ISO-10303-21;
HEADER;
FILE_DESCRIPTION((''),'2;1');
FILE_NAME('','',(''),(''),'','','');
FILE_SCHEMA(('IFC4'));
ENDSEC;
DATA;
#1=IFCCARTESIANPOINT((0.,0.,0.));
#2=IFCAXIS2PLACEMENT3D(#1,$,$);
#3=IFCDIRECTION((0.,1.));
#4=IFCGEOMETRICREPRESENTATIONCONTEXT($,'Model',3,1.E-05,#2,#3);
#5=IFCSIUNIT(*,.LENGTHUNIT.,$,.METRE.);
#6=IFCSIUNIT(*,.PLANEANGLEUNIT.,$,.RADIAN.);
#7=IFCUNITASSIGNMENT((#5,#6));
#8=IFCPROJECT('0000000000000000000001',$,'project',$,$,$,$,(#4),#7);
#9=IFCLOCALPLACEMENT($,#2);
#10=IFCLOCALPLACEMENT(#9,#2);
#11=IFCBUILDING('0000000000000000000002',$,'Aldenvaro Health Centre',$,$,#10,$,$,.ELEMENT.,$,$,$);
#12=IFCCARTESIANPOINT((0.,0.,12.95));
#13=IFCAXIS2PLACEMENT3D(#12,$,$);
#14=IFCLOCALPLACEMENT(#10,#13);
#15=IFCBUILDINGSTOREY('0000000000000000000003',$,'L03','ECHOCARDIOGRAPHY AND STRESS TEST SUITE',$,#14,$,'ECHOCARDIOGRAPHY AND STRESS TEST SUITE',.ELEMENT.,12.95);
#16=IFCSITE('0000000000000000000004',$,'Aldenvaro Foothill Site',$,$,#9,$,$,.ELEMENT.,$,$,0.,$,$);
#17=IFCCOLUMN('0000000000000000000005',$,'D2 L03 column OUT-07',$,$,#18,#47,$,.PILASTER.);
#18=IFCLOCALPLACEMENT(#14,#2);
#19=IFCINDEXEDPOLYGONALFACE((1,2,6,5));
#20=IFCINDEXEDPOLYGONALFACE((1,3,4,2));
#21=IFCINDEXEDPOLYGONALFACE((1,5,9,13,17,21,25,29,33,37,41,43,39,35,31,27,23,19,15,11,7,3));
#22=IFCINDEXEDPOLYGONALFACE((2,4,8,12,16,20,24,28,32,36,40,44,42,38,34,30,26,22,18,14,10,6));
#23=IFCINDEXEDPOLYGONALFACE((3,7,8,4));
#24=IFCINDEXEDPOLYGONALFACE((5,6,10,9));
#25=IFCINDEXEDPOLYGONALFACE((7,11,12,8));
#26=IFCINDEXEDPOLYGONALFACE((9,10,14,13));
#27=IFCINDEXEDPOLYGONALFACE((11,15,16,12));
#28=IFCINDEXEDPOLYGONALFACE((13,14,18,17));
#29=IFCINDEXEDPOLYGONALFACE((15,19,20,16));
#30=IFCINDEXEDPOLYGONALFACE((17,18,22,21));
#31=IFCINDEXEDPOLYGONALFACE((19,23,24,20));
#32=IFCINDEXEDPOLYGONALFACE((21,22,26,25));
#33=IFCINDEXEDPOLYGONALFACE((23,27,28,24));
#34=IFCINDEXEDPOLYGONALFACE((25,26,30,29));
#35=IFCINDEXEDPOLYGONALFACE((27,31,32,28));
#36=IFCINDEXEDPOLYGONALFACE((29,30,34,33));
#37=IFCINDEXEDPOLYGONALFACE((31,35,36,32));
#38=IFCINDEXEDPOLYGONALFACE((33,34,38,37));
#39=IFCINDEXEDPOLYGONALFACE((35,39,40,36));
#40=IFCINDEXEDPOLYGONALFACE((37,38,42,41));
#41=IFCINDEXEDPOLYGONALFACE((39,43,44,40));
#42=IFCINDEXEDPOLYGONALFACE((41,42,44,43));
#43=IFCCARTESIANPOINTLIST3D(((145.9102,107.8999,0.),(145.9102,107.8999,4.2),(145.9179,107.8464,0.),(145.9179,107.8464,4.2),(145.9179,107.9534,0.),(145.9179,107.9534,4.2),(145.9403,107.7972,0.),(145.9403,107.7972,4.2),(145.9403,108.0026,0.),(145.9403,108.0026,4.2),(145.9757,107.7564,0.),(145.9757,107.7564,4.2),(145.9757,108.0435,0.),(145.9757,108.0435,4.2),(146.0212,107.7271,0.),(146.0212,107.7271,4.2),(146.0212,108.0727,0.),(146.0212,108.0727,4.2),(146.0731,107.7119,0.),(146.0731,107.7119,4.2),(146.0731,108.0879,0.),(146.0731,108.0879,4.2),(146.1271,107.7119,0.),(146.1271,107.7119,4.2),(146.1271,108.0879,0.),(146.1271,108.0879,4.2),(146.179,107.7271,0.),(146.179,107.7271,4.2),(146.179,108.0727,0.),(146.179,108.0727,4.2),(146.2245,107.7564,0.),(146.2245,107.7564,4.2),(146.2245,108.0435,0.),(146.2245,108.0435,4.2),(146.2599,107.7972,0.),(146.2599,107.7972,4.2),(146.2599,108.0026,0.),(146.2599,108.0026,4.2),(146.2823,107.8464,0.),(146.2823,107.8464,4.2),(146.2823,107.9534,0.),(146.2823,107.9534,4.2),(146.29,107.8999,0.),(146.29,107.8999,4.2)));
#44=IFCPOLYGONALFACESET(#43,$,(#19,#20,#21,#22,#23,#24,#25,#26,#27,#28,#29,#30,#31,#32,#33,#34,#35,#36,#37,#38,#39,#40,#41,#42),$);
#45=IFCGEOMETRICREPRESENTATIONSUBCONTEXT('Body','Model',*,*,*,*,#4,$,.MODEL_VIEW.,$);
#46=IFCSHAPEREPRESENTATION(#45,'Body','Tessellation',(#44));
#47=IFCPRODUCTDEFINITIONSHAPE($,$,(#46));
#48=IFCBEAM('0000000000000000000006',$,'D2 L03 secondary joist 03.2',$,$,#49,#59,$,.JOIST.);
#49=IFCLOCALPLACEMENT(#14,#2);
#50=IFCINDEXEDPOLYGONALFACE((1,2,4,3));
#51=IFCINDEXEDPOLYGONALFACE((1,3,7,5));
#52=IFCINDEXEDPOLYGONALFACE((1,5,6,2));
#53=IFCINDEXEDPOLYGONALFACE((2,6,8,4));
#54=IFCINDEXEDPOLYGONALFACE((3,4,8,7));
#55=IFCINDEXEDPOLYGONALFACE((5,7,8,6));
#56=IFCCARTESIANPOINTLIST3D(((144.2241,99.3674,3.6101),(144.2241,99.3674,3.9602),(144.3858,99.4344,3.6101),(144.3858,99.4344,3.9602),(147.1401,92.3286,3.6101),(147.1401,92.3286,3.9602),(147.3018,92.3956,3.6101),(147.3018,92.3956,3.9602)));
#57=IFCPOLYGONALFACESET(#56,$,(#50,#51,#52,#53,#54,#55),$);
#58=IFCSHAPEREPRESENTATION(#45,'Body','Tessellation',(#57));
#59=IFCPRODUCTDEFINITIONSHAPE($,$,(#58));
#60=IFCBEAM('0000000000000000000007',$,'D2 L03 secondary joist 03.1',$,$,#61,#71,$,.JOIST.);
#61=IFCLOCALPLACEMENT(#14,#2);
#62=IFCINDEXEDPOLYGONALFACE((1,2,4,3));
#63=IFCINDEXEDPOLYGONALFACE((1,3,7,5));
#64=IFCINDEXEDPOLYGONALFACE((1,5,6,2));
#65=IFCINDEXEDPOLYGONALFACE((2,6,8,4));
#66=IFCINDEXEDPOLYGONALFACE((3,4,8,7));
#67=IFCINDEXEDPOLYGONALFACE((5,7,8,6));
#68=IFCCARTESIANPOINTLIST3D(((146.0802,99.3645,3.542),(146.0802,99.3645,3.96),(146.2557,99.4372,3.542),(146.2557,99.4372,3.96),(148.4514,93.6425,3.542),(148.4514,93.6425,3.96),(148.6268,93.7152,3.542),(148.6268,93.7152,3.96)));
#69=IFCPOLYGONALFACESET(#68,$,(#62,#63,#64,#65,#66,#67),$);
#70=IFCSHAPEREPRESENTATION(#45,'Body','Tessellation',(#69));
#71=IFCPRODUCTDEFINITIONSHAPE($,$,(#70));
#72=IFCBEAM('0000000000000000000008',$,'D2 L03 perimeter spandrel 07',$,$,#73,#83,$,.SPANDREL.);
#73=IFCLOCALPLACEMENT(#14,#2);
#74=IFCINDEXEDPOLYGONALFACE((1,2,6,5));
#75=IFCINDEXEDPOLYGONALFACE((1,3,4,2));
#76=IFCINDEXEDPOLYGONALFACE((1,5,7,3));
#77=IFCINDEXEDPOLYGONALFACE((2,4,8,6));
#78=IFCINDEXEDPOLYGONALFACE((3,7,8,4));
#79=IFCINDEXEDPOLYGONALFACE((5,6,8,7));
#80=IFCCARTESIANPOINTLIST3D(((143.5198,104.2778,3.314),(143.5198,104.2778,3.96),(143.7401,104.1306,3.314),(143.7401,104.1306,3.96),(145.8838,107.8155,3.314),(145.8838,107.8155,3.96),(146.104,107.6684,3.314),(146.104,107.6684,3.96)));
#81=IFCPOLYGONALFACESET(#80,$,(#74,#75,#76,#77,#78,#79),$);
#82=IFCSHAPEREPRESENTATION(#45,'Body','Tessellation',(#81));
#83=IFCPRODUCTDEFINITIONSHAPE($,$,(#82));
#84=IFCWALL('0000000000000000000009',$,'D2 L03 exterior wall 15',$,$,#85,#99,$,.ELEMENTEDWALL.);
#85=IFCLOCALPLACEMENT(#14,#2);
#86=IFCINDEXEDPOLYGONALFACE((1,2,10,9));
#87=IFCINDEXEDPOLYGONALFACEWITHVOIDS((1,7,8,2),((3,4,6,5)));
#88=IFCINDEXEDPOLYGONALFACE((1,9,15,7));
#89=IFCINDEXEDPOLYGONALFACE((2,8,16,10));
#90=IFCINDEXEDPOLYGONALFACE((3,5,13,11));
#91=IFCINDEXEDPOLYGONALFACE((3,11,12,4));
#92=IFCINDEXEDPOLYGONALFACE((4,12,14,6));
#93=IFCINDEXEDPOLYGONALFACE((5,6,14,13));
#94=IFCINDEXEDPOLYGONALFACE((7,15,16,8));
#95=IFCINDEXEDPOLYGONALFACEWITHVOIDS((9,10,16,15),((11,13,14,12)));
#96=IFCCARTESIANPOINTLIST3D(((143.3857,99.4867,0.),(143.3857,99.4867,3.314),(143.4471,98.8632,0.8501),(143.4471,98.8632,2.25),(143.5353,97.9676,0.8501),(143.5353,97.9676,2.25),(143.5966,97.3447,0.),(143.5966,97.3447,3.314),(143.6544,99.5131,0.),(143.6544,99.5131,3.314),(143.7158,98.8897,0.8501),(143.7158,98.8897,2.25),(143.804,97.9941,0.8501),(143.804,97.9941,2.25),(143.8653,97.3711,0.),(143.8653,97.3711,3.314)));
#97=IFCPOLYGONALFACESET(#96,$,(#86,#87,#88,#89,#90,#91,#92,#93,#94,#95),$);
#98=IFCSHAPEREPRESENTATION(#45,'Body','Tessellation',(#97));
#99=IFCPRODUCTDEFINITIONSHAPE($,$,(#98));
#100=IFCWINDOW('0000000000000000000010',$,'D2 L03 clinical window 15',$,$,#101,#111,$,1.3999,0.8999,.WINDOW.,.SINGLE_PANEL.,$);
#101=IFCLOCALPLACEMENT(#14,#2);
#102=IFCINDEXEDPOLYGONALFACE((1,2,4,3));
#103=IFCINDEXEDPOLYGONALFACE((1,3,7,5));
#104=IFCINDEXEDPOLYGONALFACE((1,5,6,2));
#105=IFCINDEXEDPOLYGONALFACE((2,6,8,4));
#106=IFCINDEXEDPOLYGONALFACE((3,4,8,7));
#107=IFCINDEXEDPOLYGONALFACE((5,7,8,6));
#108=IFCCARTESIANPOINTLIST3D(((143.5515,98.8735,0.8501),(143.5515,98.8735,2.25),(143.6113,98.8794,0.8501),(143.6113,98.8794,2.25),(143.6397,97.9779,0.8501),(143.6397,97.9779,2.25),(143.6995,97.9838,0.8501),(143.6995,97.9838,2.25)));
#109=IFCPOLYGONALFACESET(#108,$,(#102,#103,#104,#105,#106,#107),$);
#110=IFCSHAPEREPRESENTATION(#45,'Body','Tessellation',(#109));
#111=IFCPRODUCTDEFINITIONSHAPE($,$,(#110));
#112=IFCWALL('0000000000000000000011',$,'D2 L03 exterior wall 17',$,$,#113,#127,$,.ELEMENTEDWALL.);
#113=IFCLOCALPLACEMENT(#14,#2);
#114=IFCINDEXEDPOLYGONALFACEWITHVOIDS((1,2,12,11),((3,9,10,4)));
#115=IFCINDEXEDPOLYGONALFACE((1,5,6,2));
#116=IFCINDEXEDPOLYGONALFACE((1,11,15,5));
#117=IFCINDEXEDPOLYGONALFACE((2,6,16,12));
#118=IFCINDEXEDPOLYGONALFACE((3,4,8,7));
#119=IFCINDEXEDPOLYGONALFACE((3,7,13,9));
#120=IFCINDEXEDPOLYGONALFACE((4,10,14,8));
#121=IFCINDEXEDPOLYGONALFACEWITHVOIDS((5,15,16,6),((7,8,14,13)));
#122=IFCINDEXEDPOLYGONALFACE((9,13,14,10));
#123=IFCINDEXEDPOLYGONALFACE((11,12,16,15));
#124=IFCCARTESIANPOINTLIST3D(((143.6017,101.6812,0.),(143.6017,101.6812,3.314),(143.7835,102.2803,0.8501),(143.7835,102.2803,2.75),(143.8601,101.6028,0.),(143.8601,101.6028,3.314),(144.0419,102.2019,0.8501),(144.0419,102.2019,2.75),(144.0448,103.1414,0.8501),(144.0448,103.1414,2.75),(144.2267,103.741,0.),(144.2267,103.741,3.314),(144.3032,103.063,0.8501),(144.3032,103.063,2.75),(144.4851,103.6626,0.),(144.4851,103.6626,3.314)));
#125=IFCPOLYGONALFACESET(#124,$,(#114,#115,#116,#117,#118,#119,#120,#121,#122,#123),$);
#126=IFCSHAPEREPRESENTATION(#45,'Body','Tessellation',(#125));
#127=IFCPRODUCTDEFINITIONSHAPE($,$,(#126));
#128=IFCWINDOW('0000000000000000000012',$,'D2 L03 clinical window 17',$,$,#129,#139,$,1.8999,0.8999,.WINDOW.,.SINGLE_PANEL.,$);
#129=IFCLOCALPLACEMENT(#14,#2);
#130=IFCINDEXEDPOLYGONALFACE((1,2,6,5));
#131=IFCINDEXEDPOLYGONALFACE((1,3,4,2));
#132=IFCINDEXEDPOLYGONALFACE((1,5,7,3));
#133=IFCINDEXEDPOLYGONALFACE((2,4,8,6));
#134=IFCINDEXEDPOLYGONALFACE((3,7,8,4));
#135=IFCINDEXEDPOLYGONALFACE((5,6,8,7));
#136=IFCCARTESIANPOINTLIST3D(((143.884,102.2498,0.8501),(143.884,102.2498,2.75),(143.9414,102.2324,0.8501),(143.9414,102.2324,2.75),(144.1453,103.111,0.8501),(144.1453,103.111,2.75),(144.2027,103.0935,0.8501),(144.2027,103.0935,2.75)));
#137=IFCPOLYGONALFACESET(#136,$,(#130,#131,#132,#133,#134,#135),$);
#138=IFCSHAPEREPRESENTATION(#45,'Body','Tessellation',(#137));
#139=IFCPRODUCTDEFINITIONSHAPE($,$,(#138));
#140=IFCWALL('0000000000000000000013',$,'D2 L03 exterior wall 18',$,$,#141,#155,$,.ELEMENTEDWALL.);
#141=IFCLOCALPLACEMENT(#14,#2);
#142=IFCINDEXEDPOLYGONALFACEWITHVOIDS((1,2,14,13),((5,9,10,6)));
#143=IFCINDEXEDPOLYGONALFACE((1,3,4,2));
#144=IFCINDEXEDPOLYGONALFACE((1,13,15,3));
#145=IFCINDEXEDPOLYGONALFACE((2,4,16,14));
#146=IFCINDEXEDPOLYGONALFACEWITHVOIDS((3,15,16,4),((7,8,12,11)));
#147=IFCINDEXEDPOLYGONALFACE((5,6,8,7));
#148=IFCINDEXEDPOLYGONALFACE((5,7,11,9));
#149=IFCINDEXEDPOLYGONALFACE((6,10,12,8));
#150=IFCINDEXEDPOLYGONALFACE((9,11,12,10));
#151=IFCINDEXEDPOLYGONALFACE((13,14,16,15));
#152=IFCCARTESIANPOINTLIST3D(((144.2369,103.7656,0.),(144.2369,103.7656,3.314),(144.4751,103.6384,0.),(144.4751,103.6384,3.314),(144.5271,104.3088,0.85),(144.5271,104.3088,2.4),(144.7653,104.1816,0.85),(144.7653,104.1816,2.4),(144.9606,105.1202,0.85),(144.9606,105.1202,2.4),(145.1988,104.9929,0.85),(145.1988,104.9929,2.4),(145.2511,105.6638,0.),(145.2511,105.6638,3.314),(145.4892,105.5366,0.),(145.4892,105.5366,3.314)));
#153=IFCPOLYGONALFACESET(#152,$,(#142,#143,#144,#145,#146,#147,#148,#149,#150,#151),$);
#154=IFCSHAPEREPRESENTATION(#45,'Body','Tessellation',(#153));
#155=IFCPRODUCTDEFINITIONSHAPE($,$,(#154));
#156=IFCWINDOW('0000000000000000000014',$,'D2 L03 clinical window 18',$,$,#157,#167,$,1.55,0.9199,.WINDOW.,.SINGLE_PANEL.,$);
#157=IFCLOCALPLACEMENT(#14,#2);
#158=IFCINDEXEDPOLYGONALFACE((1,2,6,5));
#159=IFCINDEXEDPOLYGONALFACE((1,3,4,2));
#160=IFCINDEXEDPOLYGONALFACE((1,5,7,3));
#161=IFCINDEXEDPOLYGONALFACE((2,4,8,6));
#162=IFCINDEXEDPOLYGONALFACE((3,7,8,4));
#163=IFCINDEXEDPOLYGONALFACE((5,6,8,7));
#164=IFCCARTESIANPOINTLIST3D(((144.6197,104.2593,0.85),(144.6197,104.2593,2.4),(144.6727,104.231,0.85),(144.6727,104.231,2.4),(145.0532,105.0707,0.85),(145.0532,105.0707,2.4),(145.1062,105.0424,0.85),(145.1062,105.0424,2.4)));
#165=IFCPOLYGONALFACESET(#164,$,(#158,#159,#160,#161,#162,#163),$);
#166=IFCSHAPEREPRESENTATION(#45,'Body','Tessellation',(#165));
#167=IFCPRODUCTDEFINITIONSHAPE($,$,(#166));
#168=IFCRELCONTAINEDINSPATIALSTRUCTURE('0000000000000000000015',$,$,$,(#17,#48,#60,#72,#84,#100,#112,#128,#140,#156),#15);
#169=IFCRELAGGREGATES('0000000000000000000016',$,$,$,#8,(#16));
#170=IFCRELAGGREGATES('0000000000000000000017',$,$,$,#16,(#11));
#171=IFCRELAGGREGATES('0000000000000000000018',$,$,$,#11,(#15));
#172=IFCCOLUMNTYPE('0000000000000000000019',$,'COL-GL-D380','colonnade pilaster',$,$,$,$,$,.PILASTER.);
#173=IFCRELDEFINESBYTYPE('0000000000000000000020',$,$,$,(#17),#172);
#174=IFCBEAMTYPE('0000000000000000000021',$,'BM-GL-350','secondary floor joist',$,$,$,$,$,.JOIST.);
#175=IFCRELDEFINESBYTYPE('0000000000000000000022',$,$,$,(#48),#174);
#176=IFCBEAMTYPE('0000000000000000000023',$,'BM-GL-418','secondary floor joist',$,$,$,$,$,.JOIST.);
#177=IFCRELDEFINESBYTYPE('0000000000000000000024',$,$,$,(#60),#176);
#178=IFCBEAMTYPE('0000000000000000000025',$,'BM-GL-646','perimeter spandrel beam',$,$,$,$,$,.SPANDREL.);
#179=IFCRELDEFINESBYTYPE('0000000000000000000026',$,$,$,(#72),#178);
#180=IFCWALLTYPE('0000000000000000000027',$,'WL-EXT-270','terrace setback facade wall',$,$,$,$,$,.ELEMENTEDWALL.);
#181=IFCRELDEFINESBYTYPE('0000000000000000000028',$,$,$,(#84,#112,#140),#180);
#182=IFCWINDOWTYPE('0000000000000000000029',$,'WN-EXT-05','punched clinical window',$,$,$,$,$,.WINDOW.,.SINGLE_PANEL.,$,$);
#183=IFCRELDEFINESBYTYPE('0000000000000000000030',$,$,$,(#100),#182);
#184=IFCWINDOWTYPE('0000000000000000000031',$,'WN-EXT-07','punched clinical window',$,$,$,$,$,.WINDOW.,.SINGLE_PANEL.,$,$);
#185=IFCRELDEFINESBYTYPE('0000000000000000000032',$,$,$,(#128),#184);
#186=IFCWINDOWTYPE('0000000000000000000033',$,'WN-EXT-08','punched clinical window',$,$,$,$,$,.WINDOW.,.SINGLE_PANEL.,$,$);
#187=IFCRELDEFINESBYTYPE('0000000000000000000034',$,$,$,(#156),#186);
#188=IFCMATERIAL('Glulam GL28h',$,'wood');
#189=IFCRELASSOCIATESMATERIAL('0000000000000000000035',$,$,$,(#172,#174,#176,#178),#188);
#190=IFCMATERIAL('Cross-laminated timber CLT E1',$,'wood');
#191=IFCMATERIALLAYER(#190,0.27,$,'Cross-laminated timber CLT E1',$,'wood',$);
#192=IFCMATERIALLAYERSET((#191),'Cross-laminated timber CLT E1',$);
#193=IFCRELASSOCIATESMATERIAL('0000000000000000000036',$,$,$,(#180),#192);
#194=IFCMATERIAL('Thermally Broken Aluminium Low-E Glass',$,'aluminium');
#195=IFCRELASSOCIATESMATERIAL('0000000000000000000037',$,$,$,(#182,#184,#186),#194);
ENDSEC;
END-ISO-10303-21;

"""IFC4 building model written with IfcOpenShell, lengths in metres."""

from ifc_helpers import new_model, si_unit, direction, frame, frame_2d, origin, origin_2d, place, context, subcontext, project, spatial, rectangle, circle, extrude, material, layer, layer_set, material_profile, profile_set, type_object, element, fill, save


model = new_model("IFC4")

# Units and contexts
model_context = context("Model", 3, precision=1e-05, world=origin(), true_north=direction((0.0, 1.0)))
body_context = subcontext(model_context, "Body", "Model", "MODEL_VIEW")
ifc_project = project(units=[si_unit("LENGTHUNIT", "METRE"), si_unit("PLANEANGLEUNIT", "RADIAN")], contexts=[model_context])

# Site, building, storey
site_placement = place(None, origin())
site = spatial("IfcSite", under=ifc_project, at=site_placement, Name="Aldenvaro Foothill Site", CompositionType="ELEMENT", RefElevation=0.0)
building_placement = place(site_placement, origin())
building = spatial("IfcBuilding", under=site, at=building_placement, Name="Aldenvaro Health Centre", CompositionType="ELEMENT")
storey_placement = place(building_placement, frame((0.0, 0.0, 12.95)))
storey = spatial("IfcBuildingStorey", under=building, at=storey_placement, Name="L03", Description="ECHOCARDIOGRAPHY AND STRESS TEST SUITE", LongName="ECHOCARDIOGRAPHY AND STRESS TEST SUITE", CompositionType="ELEMENT", Elevation=12.95)

# Column
ifc_material_1 = material(Name="Glulam GL28h", Category="wood")
ifc_material_profile_1 = material_profile(ifc_material_1, circle(Radius=0.1899, at=origin_2d()), Name="GL D380", Category="wood")
ifc_profile_set_1 = profile_set([ifc_material_profile_1], Name="Glulam GL28h")
column_type = type_object("IfcColumnType", Name="COL-GL-D380", Description="colonnade pilaster", PredefinedType="PILASTER", material=ifc_profile_set_1)
column_placement = place(storey_placement, frame((146.1001, 107.8999, 0.0), z_axis=(0.0, 0.0, 1.0), x_axis=(1.0, 0.0, 0.0)))
element("IfcColumn", 1, at=column_placement, inside=storey, type_object=column_type, Name="D2 L03 column OUT-07", PredefinedType="PILASTER", context=body_context, shape_type="SweptSolid", body=[
    extrude(circle(Radius=0.1899, at=origin_2d()), origin(), (0.0, 0.0, 1.0), 4.2),
])

# Beams
ifc_material_profile_2 = material_profile(ifc_material_1, rectangle(XDim=0.175, YDim=0.3501, at=origin_2d()), Name="GL 175x350", Category="wood")
ifc_profile_set_2 = profile_set([ifc_material_profile_2], Name="Glulam GL28h")
beam_type_1 = type_object("IfcBeamType", Name="BM-GL-350", Description="secondary floor joist", PredefinedType="JOIST", material=ifc_profile_set_2)
beam_1_placement = place(storey_placement, frame((144.3049, 99.4009, 3.7852), z_axis=(0.382733, -0.923859, 0.0), x_axis=(0.923859, 0.382733, 0.0)))
element("IfcBeam", 2, at=beam_1_placement, inside=storey, type_object=beam_type_1, Name="D2 L03 secondary joist 03.2", PredefinedType="JOIST", context=body_context, shape_type="SweptSolid", body=[
    extrude(rectangle(XDim=0.175, YDim=0.3501, at=origin_2d()), origin(), (0.0, 0.0, 1.0), 7.6189),
])
ifc_material_profile_3 = material_profile(ifc_material_1, rectangle(XDim=0.1899, YDim=0.418, at=origin_2d()), Name="GL 190x418", Category="wood")
ifc_profile_set_3 = profile_set([ifc_material_profile_3], Name="Glulam GL28h")
beam_type_2 = type_object("IfcBeamType", Name="BM-GL-418", Description="secondary floor joist", PredefinedType="JOIST", material=ifc_profile_set_3)
beam_2_placement = place(storey_placement, frame((146.168, 99.4009, 3.751), z_axis=(0.382821, -0.923823, 0.0), x_axis=(0.923823, 0.382821, 0.0)))
element("IfcBeam", 3, at=beam_2_placement, inside=storey, type_object=beam_type_2, Name="D2 L03 secondary joist 03.1", PredefinedType="JOIST", context=body_context, shape_type="SweptSolid", body=[
    extrude(rectangle(XDim=0.1899, YDim=0.418, at=origin_2d()), origin(), (0.0, 0.0, 1.0), 6.1938),
])
ifc_material_profile_4 = material_profile(ifc_material_1, rectangle(XDim=0.2649, YDim=0.646, at=origin_2d()), Name="GL 265x646", Category="wood")
ifc_profile_set_4 = profile_set([ifc_material_profile_4], Name="Glulam GL28h")
beam_type_3 = type_object("IfcBeamType", Name="BM-GL-646", Description="perimeter spandrel beam", PredefinedType="SPANDREL", material=ifc_profile_set_4)
beam_3_placement = place(storey_placement, frame((145.9939, 107.7419, 3.637), z_axis=(-0.555587, -0.831458, 0.0), x_axis=(0.831458, -0.555587, 0.0)))
element("IfcBeam", 4, at=beam_3_placement, inside=storey, type_object=beam_type_3, Name="D2 L03 perimeter spandrel 07", PredefinedType="SPANDREL", context=body_context, shape_type="SweptSolid", body=[
    extrude(rectangle(XDim=0.2649, YDim=0.646, at=origin_2d()), origin(), (0.0, 0.0, 1.0), 4.2549),
])

# Walls, openings, windows
ifc_material_2 = material(Name="Cross-laminated timber CLT E1", Category="wood")
ifc_layer = layer(ifc_material_2, 0.27, Name="Cross-laminated timber CLT E1", Category="wood")
ifc_layer_set = layer_set([ifc_layer], Name="Cross-laminated timber CLT E1")
wall_type = type_object("IfcWallType", Name="WL-EXT-270", Description="terrace setback facade wall", PredefinedType="ELEMENTEDWALL", material=ifc_layer_set)
wall_1_placement = place(storey_placement, frame((143.731, 97.3579, 0.0), z_axis=(0.0, 0.0, 1.0), x_axis=(-0.097999, 0.995187, 0.0)))
wall_1 = element("IfcWall", 5, at=wall_1_placement, inside=storey, type_object=wall_type, Name="D2 L03 exterior wall 15", PredefinedType="ELEMENTEDWALL", context=body_context, shape_type="SweptSolid", body=[
    extrude(rectangle(XDim=2.1523, YDim=0.27, at=frame_2d((1.0762, 0.0))), origin(), (0.0, 0.0, 1.0), 3.314),
])
opening_1_placement = place(wall_1_placement, frame((0.626, 0.0, 0.8501)))
opening_1 = element("IfcOpeningElement", 6, at=opening_1_placement, cuts=wall_1, PredefinedType="OPENING", context=body_context, shape_type="SweptSolid", body=[
    extrude(rectangle(XDim=0.8999, YDim=1.3999, at=frame_2d((0.45, 0.7))), frame((0.0, 0.145, 0.0), z_axis=(0.0, -1.0, 0.0), x_axis=(1.0, 0.0, 0.0)), (0.0, 0.0, 1.0), 0.29),
])
ifc_material_3 = material(Name="Thermally Broken Aluminium Low-E Glass", Category="aluminium")
window_type_1 = type_object("IfcWindowType", Name="WN-EXT-05", Description="punched clinical window", PartitioningType="SINGLE_PANEL", PredefinedType="WINDOW", material=ifc_material_3)
window_1_placement = place(opening_1_placement, origin())
window_1 = element("IfcWindow", 7, at=window_1_placement, inside=storey, type_object=window_type_1, Name="D2 L03 clinical window 15", OverallHeight=1.3999, OverallWidth=0.8999, PartitioningType="SINGLE_PANEL", PredefinedType="WINDOW", context=body_context, shape_type="SweptSolid", body=[
    extrude(rectangle(XDim=0.8999, YDim=1.3999, at=frame_2d((0.45, 0.7))), frame((0.0, 0.03, 0.0), z_axis=(0.0, -1.0, 0.0), x_axis=(1.0, 0.0, 0.0)), (0.0, 0.0, 1.0), 0.0601),
])
fill(opening_1, window_1)
wall_2_placement = place(storey_placement, frame((143.731, 101.6421, 0.0), z_axis=(0.0, 0.0, 1.0), x_axis=(0.290354, 0.956919, 0.0)))
wall_2 = element("IfcWall", 8, at=wall_2_placement, inside=storey, type_object=wall_type, Name="D2 L03 exterior wall 17", PredefinedType="ELEMENTEDWALL", context=body_context, shape_type="SweptSolid", body=[
    extrude(rectangle(XDim=2.1526, YDim=0.27, at=frame_2d((1.0762, 0.0))), origin(), (0.0, 0.0, 1.0), 3.314),
])
opening_2_placement = place(wall_2_placement, frame((0.626, 0.0, 0.8501)))
opening_2 = element("IfcOpeningElement", 9, at=opening_2_placement, cuts=wall_2, PredefinedType="OPENING", context=body_context, shape_type="SweptSolid", body=[
    extrude(rectangle(XDim=0.8999, YDim=1.8999, at=frame_2d((0.45, 0.95))), frame((0.0, 0.145, 0.0), z_axis=(0.0, -1.0, 0.0), x_axis=(1.0, 0.0, 0.0)), (0.0, 0.0, 1.0), 0.29),
])
window_type_2 = type_object("IfcWindowType", Name="WN-EXT-07", Description="punched clinical window", PartitioningType="SINGLE_PANEL", PredefinedType="WINDOW", material=ifc_material_3)
window_2_placement = place(opening_2_placement, origin())
window_2 = element("IfcWindow", 10, at=window_2_placement, inside=storey, type_object=window_type_2, Name="D2 L03 clinical window 17", OverallHeight=1.8999, OverallWidth=0.8999, PartitioningType="SINGLE_PANEL", PredefinedType="WINDOW", context=body_context, shape_type="SweptSolid", body=[
    extrude(rectangle(XDim=0.8999, YDim=1.8999, at=frame_2d((0.45, 0.95))), frame((0.0, 0.03, 0.0), z_axis=(0.0, -1.0, 0.0), x_axis=(1.0, 0.0, 0.0)), (0.0, 0.0, 1.0), 0.0601),
])
fill(opening_2, window_2)
wall_3_placement = place(storey_placement, frame((144.356, 103.7019, 0.0), z_axis=(0.0, 0.0, 1.0), x_axis=(0.471236, 0.882007, 0.0)))
wall_3 = element("IfcWall", 11, at=wall_3_placement, inside=storey, type_object=wall_type, Name="D2 L03 exterior wall 18", PredefinedType="ELEMENTEDWALL", context=body_context, shape_type="SweptSolid", body=[
    extrude(rectangle(XDim=2.1521, YDim=0.27, at=frame_2d((1.0762, 0.0))), origin(), (0.0, 0.0, 1.0), 3.314),
])
opening_3_placement = place(wall_3_placement, frame((0.616, 0.0, 0.8501)))
opening_3 = element("IfcOpeningElement", 12, at=opening_3_placement, cuts=wall_3, PredefinedType="OPENING", context=body_context, shape_type="SweptSolid", body=[
    extrude(rectangle(XDim=0.9199, YDim=1.55, at=frame_2d((0.46, 0.7749))), frame((0.0, 0.145, 0.0), z_axis=(0.0, -1.0, 0.0), x_axis=(1.0, 0.0, 0.0)), (0.0, 0.0, 1.0), 0.29),
])
window_type_3 = type_object("IfcWindowType", Name="WN-EXT-08", Description="punched clinical window", PartitioningType="SINGLE_PANEL", PredefinedType="WINDOW", material=ifc_material_3)
window_3_placement = place(opening_3_placement, origin())
window_3 = element("IfcWindow", 13, at=window_3_placement, inside=storey, type_object=window_type_3, Name="D2 L03 clinical window 18", OverallHeight=1.55, OverallWidth=0.9199, PartitioningType="SINGLE_PANEL", PredefinedType="WINDOW", context=body_context, shape_type="SweptSolid", body=[
    extrude(rectangle(XDim=0.9199, YDim=1.55, at=frame_2d((0.46, 0.7749))), frame((0.0, 0.03, 0.0), z_axis=(0.0, -1.0, 0.0), x_axis=(1.0, 0.0, 0.0)), (0.0, 0.0, 1.0), 0.0601),
])
fill(opening_3, window_3)

save(model, "model.ifc")
